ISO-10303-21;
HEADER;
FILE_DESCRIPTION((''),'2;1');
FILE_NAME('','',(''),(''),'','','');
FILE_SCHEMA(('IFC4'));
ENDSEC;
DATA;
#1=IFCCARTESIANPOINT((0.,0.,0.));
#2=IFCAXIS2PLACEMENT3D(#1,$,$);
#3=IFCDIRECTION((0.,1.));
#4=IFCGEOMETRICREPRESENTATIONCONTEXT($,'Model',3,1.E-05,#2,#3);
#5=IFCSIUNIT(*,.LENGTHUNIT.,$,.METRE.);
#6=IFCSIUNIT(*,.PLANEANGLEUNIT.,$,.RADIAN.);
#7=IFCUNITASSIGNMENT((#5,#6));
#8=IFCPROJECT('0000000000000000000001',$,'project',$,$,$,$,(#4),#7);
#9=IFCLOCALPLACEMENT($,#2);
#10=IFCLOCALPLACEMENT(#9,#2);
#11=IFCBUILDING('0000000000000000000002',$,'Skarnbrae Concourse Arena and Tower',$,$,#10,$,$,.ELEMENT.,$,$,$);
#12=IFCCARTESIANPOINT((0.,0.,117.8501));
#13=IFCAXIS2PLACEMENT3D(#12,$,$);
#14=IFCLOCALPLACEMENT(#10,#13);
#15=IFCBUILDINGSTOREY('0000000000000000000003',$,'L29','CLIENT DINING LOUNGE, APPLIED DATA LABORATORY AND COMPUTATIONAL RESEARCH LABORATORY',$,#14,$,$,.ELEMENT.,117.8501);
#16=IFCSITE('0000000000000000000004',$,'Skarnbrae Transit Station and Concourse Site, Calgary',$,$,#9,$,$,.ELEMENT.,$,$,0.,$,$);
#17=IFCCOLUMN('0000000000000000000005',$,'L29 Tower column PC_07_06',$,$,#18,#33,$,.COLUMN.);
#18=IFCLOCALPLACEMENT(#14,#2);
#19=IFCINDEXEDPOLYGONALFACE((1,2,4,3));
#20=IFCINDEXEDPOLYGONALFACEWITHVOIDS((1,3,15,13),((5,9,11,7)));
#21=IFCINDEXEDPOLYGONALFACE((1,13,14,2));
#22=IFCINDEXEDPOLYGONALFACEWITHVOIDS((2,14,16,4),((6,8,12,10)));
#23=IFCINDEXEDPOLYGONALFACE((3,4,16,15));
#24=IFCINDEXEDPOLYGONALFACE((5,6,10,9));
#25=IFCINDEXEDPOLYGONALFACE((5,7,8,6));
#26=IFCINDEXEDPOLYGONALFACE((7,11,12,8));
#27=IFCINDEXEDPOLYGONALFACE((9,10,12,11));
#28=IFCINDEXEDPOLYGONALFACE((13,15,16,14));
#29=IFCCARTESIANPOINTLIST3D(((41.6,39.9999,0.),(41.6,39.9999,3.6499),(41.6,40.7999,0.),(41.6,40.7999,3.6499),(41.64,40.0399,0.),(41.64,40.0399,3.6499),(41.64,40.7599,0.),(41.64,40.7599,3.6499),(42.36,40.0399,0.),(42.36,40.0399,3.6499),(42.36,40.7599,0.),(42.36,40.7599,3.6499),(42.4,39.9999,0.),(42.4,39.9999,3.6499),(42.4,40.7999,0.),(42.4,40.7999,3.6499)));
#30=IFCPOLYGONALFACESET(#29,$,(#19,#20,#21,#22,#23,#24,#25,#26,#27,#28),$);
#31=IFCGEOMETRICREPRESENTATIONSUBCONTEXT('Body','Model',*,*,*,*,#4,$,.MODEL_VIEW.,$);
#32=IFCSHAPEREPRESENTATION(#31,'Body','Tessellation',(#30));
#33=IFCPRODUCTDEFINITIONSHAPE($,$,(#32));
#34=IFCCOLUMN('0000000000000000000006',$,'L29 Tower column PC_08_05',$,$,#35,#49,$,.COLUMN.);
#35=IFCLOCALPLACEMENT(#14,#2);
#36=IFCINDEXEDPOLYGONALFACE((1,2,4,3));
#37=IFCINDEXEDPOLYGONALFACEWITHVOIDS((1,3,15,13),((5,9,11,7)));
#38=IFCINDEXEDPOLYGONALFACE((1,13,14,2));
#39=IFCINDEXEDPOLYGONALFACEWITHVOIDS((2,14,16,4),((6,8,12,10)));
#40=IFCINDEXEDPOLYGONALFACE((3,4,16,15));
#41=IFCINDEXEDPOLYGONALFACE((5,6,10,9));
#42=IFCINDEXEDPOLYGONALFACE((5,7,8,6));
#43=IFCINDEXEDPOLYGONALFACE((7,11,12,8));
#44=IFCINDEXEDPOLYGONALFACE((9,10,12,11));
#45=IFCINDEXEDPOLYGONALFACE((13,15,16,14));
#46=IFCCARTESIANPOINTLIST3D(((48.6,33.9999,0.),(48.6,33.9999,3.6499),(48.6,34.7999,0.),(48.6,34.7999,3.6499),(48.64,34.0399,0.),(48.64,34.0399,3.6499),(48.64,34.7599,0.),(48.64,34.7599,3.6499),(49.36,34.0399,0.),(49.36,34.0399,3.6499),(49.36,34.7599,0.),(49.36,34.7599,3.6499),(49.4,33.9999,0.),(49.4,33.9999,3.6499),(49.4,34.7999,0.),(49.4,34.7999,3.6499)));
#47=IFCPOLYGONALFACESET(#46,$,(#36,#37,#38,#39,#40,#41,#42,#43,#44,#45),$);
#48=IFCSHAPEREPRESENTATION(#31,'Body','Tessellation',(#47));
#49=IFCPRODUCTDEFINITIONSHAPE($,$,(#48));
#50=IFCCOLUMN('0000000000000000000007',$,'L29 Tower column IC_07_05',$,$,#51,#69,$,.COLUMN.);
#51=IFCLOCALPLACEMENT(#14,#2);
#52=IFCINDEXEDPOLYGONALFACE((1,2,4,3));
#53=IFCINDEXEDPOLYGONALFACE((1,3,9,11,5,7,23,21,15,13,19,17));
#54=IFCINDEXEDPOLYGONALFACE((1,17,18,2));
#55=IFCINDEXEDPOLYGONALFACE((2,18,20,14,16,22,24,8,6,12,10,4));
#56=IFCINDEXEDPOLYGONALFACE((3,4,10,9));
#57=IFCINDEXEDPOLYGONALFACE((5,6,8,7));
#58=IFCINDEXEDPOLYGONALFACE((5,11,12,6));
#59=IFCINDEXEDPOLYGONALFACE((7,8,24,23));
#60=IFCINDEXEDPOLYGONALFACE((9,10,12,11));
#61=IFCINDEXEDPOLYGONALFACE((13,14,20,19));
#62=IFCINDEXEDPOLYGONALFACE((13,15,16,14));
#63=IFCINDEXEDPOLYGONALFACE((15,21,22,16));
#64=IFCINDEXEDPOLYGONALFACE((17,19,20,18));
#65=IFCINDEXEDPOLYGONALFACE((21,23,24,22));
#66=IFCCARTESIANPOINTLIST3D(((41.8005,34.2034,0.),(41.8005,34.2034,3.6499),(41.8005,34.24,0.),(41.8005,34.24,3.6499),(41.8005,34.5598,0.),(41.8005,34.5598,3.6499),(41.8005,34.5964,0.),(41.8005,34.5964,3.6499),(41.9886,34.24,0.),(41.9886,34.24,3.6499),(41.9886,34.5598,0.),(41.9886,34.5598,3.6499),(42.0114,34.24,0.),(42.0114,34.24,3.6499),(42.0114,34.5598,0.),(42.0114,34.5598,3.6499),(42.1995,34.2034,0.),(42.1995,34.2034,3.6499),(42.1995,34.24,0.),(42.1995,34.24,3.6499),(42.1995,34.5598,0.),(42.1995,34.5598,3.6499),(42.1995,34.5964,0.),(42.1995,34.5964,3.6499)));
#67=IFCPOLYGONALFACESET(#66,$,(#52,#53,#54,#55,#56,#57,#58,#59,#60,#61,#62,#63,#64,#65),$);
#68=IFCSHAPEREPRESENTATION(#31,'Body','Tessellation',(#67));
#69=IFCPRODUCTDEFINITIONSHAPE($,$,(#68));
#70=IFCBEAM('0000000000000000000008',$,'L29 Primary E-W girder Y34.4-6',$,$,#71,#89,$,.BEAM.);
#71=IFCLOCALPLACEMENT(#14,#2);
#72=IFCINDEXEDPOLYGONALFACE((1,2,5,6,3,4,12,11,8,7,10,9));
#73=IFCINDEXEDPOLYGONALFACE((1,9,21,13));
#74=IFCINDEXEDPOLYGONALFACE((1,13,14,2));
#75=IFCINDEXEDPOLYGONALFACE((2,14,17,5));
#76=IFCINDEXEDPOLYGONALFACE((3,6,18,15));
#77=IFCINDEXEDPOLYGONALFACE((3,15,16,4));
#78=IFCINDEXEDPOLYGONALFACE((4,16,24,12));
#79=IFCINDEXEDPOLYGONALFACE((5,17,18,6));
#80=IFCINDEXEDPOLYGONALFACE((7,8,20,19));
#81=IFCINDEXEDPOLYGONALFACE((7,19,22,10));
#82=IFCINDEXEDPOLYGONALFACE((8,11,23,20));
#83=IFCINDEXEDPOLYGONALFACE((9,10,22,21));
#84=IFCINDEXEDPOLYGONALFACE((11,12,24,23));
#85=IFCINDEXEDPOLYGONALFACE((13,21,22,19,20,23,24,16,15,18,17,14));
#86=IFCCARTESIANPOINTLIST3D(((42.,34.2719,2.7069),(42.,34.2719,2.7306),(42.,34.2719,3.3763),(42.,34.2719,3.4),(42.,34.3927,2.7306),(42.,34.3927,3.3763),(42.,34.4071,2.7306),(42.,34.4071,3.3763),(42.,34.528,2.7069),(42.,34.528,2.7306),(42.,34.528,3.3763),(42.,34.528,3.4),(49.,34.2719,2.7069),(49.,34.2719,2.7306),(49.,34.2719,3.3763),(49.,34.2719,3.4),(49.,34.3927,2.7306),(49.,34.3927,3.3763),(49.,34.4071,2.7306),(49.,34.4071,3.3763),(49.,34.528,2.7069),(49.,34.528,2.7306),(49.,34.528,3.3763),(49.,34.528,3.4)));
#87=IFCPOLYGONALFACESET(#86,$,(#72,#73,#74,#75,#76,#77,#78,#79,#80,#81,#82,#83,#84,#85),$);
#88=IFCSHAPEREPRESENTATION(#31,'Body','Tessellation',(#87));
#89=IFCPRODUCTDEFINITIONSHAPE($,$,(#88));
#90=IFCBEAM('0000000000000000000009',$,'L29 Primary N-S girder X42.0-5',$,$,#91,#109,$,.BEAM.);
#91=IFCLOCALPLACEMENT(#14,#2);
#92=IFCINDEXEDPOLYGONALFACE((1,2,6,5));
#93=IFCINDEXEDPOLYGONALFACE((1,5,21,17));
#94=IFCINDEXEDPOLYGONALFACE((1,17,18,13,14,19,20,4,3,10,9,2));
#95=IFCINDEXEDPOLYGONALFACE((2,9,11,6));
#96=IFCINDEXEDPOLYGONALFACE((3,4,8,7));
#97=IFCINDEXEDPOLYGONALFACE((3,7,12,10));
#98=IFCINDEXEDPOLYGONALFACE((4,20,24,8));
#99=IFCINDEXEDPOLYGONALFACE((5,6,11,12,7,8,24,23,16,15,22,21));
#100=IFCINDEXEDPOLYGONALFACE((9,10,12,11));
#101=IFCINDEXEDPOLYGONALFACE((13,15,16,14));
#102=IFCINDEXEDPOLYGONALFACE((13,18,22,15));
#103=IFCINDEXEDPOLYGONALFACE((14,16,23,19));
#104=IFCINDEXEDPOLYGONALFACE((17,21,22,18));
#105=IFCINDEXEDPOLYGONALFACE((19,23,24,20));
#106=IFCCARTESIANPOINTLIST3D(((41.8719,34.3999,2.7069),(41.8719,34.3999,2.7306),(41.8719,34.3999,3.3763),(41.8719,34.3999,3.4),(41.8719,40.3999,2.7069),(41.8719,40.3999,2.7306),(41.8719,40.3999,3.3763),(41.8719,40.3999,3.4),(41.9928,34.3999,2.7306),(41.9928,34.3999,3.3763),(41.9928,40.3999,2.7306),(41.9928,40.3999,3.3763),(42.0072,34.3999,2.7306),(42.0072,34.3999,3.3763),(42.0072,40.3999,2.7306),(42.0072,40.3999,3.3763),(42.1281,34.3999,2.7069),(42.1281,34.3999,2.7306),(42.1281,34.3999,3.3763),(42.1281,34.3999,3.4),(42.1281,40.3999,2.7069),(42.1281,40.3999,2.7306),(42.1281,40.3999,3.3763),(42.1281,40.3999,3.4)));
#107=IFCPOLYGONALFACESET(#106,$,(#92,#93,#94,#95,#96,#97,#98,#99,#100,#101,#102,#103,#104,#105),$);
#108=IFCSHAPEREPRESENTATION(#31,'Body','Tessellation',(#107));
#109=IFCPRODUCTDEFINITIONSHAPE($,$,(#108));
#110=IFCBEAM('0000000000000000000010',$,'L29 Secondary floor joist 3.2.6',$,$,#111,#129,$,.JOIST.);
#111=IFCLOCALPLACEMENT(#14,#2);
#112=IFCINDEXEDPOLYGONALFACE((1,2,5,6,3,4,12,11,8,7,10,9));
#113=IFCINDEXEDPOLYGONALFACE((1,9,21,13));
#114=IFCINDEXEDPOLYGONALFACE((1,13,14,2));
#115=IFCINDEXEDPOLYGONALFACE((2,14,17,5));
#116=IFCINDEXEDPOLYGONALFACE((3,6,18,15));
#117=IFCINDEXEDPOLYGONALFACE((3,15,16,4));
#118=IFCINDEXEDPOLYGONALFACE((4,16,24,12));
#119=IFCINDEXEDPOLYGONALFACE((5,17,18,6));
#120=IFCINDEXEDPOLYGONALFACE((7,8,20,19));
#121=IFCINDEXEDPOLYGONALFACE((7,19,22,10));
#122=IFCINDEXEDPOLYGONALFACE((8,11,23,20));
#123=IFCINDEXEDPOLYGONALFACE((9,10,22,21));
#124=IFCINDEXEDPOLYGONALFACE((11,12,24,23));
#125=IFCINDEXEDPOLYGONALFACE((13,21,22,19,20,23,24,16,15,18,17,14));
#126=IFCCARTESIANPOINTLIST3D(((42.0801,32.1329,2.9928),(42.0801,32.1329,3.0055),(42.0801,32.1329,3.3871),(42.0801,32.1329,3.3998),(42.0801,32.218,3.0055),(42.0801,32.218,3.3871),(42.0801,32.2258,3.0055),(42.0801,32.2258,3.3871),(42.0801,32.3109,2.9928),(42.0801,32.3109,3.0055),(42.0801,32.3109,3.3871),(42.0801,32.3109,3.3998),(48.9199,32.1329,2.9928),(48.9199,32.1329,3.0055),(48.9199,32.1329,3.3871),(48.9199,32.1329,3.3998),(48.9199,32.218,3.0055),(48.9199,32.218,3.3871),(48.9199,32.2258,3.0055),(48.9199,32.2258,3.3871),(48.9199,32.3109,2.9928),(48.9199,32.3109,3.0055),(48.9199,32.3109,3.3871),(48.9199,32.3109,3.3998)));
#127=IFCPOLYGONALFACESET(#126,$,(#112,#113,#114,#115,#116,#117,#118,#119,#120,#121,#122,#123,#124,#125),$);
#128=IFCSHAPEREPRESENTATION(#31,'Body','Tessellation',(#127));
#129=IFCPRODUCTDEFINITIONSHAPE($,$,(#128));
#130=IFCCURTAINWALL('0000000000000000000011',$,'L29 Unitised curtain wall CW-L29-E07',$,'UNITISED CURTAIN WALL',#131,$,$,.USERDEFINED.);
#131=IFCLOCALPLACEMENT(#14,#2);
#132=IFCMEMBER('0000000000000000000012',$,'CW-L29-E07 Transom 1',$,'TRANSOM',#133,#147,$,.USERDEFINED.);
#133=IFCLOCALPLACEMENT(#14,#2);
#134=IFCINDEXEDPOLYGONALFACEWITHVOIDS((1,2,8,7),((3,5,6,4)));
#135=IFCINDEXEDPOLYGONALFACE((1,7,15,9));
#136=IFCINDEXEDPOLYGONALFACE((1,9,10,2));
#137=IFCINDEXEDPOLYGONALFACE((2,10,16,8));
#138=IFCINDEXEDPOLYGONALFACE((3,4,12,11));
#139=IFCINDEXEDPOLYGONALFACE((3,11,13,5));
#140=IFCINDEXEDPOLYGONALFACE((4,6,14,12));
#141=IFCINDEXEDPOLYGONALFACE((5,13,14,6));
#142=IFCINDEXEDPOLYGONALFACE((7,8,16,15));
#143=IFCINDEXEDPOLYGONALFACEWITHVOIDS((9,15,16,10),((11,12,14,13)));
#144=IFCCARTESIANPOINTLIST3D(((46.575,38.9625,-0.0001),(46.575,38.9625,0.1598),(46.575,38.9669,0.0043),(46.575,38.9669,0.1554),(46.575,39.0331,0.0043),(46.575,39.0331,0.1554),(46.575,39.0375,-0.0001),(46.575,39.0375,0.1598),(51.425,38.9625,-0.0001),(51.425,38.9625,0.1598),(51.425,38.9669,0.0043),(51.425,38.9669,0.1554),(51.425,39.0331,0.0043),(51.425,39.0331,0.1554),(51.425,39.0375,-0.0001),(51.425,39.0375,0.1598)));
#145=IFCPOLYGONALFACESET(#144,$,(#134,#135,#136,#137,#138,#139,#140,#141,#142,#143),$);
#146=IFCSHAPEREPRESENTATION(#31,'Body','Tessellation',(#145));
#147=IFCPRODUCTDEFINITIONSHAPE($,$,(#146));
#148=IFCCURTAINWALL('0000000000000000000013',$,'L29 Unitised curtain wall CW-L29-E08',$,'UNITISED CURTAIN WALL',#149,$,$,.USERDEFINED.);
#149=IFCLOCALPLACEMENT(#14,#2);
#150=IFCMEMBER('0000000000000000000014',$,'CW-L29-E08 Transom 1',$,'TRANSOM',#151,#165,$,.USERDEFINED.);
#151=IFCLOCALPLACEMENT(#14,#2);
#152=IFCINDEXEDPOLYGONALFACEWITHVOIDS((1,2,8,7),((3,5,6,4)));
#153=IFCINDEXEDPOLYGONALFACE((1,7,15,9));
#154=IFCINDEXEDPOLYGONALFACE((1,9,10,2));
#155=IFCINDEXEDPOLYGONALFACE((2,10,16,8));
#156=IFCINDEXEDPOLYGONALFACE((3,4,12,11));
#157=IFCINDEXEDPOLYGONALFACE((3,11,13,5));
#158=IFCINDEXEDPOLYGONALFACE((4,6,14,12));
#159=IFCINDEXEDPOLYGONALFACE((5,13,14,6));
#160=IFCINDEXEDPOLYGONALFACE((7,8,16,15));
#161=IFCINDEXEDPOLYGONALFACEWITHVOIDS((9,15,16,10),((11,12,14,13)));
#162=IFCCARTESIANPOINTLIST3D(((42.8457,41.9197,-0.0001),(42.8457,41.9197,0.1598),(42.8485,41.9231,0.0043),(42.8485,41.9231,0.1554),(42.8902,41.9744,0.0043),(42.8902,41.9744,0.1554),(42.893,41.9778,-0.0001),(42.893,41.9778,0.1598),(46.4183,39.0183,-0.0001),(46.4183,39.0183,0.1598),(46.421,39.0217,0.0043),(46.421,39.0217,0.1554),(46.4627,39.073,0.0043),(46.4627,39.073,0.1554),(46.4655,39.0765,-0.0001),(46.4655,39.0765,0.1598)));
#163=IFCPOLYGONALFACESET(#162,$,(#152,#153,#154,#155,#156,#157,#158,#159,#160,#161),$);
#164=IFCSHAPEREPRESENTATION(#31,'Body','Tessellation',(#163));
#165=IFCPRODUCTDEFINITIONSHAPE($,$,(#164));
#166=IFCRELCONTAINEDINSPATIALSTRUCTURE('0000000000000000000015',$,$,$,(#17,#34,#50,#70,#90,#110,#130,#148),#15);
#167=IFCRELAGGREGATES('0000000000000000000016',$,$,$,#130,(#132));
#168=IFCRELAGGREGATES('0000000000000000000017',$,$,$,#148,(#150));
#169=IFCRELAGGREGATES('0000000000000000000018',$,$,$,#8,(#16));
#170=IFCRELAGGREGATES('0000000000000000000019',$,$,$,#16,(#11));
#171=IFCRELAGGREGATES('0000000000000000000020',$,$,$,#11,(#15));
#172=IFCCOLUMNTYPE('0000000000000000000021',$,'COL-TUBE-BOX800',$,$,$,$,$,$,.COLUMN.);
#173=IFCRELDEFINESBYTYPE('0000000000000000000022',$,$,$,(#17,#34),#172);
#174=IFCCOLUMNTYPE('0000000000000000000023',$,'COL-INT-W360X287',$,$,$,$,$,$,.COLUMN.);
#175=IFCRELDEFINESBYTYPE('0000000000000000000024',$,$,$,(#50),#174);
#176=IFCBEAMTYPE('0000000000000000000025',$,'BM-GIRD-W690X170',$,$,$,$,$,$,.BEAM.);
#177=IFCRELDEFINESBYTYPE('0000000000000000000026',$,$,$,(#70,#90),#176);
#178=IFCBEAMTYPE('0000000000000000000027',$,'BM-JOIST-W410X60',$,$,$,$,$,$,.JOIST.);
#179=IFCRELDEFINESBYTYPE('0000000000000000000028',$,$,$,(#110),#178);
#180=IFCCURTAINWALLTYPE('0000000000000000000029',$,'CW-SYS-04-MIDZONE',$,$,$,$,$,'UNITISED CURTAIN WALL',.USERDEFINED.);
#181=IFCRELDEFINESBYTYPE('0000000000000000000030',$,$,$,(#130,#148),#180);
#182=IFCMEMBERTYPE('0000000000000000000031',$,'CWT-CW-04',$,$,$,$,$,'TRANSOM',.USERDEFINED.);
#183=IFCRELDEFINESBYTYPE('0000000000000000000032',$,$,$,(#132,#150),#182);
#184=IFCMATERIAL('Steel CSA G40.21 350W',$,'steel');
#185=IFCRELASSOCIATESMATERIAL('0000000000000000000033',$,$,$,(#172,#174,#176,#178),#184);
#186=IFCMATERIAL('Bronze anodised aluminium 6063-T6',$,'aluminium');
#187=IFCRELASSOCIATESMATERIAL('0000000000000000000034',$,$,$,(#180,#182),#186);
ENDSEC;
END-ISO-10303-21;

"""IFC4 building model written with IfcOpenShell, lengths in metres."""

from ifc_helpers import new_model, si_unit, direction, frame, origin, origin_2d, place, context, subcontext, project, spatial, hollow_rectangle, i_section, extrude, source, transform, mapped, material, material_profile, profile_set, type_object, element, aggregate, save


model = new_model("IFC4")

# Units and contexts
model_context = context("Model", 3, precision=1e-05, world=origin(), true_north=direction((0.0, 1.0)))
body_context = subcontext(model_context, "Body", "Model", "MODEL_VIEW")
ifc_project = project(units=[si_unit("LENGTHUNIT", "METRE"), si_unit("PLANEANGLEUNIT", "RADIAN")], contexts=[model_context])

# Site, building, storey
site_placement = place(None, origin())
site = spatial("IfcSite", under=ifc_project, at=site_placement, Name="Skarnbrae Transit Station and Concourse Site, Calgary", CompositionType="ELEMENT", RefElevation=0.0)
building_placement = place(site_placement, origin())
building = spatial("IfcBuilding", under=site, at=building_placement, Name="Skarnbrae Concourse Arena and Tower", CompositionType="ELEMENT")
storey_placement = place(building_placement, frame((0.0, 0.0, 117.8501)))
storey = spatial("IfcBuildingStorey", under=building, at=storey_placement, Name="L29", Description="CLIENT DINING LOUNGE, APPLIED DATA LABORATORY AND COMPUTATIONAL RESEARCH LABORATORY", CompositionType="ELEMENT", Elevation=117.8501)

# Columns
ifc_material_1 = material(Name="Steel CSA G40.21 350W", Category="steel")
ifc_material_profile_1 = material_profile(ifc_material_1, hollow_rectangle(XDim=0.8, YDim=0.8, WallThickness=0.04, at=origin_2d()), Name="BOX800X800X40")
ifc_profile_set_1 = profile_set([ifc_material_profile_1], Name="Steel CSA G40.21 350W")
column_type_1 = type_object("IfcColumnType", Name="COL-TUBE-BOX800", PredefinedType="COLUMN", material=ifc_profile_set_1)
shared_shape_1 = source(origin(), body_context, "Body", "SweptSolid", [
    extrude(hollow_rectangle(XDim=0.8, YDim=0.8, WallThickness=0.04, at=origin_2d()), origin(), (0.0, 0.0, 1.0), 3.6499),
])
for number, where, z_axis, x_axis, name in (
    (1, (42.0, 40.3999, 0.0), (0.0, 0.0, 1.0), (1.0, 0.0, 0.0), "L29 Tower column PC_07_06"),
    (2, (49.0, 34.3999, 0.0), (0.0, 0.0, 1.0), (1.0, 0.0, 0.0), "L29 Tower column PC_08_05"),
):
    element("IfcColumn", number, at=place(storey_placement, frame(where, z_axis=z_axis, x_axis=x_axis)), inside=storey, type_object=column_type_1, Name=name, PredefinedType="COLUMN", context=body_context, shape_type="MappedRepresentation", body=[
        mapped(shared_shape_1, transform((0.0, 0.0, 0.0))),
    ])
ifc_material_profile_2 = material_profile(ifc_material_1, i_section(OverallWidth=0.3989, OverallDepth=0.3931, WebThickness=0.0227, FlangeThickness=0.0366, at=origin_2d()), Name="W360X287")
ifc_profile_set_2 = profile_set([ifc_material_profile_2], Name="Steel CSA G40.21 350W")
column_type_2 = type_object("IfcColumnType", Name="COL-INT-W360X287", PredefinedType="COLUMN", material=ifc_profile_set_2)
shared_shape_2 = source(origin(), body_context, "Body", "SweptSolid", [
    extrude(i_section(OverallWidth=0.3989, OverallDepth=0.3931, WebThickness=0.0227, FlangeThickness=0.0366, at=origin_2d()), origin(), (0.0, 0.0, 1.0), 3.6499),
])
column_placement = place(storey_placement, frame((42.0, 34.3999, 0.0), z_axis=(0.0, 0.0, 1.0), x_axis=(1.0, 0.0, 0.0)))
element("IfcColumn", 3, at=column_placement, inside=storey, type_object=column_type_2, Name="L29 Tower column IC_07_05", PredefinedType="COLUMN", context=body_context, shape_type="MappedRepresentation", body=[
    mapped(shared_shape_2, transform((0.0, 0.0, 0.0))),
])

# Beams
ifc_material_profile_3 = material_profile(ifc_material_1, i_section(OverallWidth=0.2561, OverallDepth=0.6931, WebThickness=0.0144, FlangeThickness=0.0237, at=origin_2d()), Name="W690X170")
ifc_profile_set_3 = profile_set([ifc_material_profile_3], Name="Steel CSA G40.21 350W")
beam_type_1 = type_object("IfcBeamType", Name="BM-GIRD-W690X170", PredefinedType="BEAM", material=ifc_profile_set_3)
shared_shape_3 = source(origin(), body_context, "Body", "SweptSolid", [
    extrude(i_section(OverallWidth=0.2561, OverallDepth=0.6931, WebThickness=0.0144, FlangeThickness=0.0237, at=origin_2d()), origin(), (0.0, 0.0, 1.0), 7.0),
])
beam_1_placement = place(storey_placement, frame((42.0, 34.3999, 3.0535), z_axis=(1.0, 0.0, 0.0), x_axis=(0.0, 1.0, 0.0)))
element("IfcBeam", 4, at=beam_1_placement, inside=storey, type_object=beam_type_1, Name="L29 Primary E-W girder Y34.4-6", PredefinedType="BEAM", context=body_context, shape_type="MappedRepresentation", body=[
    mapped(shared_shape_3, transform((0.0, 0.0, 0.0))),
])
shared_shape_4 = source(origin(), body_context, "Body", "SweptSolid", [
    extrude(i_section(OverallWidth=0.2561, OverallDepth=0.6931, WebThickness=0.0144, FlangeThickness=0.0237, at=origin_2d()), origin(), (0.0, 0.0, 1.0), 6.0),
])
beam_2_placement = place(storey_placement, frame((42.0, 34.3999, 3.0535), z_axis=(0.0, 1.0, 0.0), x_axis=(-1.0, 0.0, 0.0)))
element("IfcBeam", 5, at=beam_2_placement, inside=storey, type_object=beam_type_1, Name="L29 Primary N-S girder X42.0-5", PredefinedType="BEAM", context=body_context, shape_type="MappedRepresentation", body=[
    mapped(shared_shape_4, transform((0.0, 0.0, 0.0))),
])
ifc_material_profile_4 = material_profile(ifc_material_1, i_section(OverallWidth=0.178, OverallDepth=0.407, WebThickness=0.0078, FlangeThickness=0.0127, at=origin_2d()), Name="W410X60")
ifc_profile_set_4 = profile_set([ifc_material_profile_4], Name="Steel CSA G40.21 350W")
beam_type_2 = type_object("IfcBeamType", Name="BM-JOIST-W410X60", PredefinedType="JOIST", material=ifc_profile_set_4)
shared_shape_5 = source(origin(), body_context, "Body", "SweptSolid", [
    extrude(i_section(OverallWidth=0.178, OverallDepth=0.407, WebThickness=0.0078, FlangeThickness=0.0127, at=origin_2d()), origin(), (0.0, 0.0, 1.0), 6.8398),
])
beam_3_placement = place(storey_placement, frame((42.0801, 32.2219, 3.1963), z_axis=(1.0, 0.0, 0.0), x_axis=(0.0, 1.0, 0.0)))
element("IfcBeam", 6, at=beam_3_placement, inside=storey, type_object=beam_type_2, Name="L29 Secondary floor joist 3.2.6", PredefinedType="JOIST", context=body_context, shape_type="MappedRepresentation", body=[
    mapped(shared_shape_5, transform((0.0, 0.0, 0.0))),
])

# Curtain walls, members
ifc_material_2 = material(Name="Bronze anodised aluminium 6063-T6", Category="aluminium")
curtain_wall_type = type_object("IfcCurtainWallType", Name="CW-SYS-04-MIDZONE", ElementType="UNITISED CURTAIN WALL", PredefinedType="USERDEFINED", material=ifc_material_2)
curtain_wall_1_placement = place(storey_placement, origin())
curtain_wall_1 = element("IfcCurtainWall", 7, at=curtain_wall_1_placement, inside=storey, type_object=curtain_wall_type, Name="L29 Unitised curtain wall CW-L29-E07", ObjectType="UNITISED CURTAIN WALL", PredefinedType="USERDEFINED")
ifc_material_profile_5 = material_profile(ifc_material_2, hollow_rectangle(XDim=0.075, YDim=0.1599, WallThickness=0.0044, at=origin_2d()), Name="ALU-TRAN-75X160")
ifc_profile_set_5 = profile_set([ifc_material_profile_5], Name="Bronze anodised aluminium 6063-T6")
member_type_1 = type_object("IfcMemberType", Name="CWT-CW-04", ElementType="TRANSOM", PredefinedType="USERDEFINED", material=ifc_profile_set_5)
shared_shape_6 = source(origin(), body_context, "Body", "SweptSolid", [
    extrude(hollow_rectangle(XDim=0.075, YDim=0.1599, WallThickness=0.0044, at=origin_2d()), origin(), (0.0, 0.0, 1.0), 4.8501),
])
member_1_placement = place(storey_placement, frame((51.425, 39.0, 0.0798), z_axis=(-1.0, 0.0, 0.0), x_axis=(0.0, -1.0, 0.0)))
member_1 = element("IfcMember", 8, at=member_1_placement, type_object=member_type_1, Name="CW-L29-E07 Transom 1", ObjectType="TRANSOM", PredefinedType="USERDEFINED", context=body_context, shape_type="MappedRepresentation", body=[
    mapped(shared_shape_6, transform((0.0, 0.0, 0.0))),
])
curtain_wall_2_placement = place(storey_placement, origin())
curtain_wall_2 = element("IfcCurtainWall", 9, at=curtain_wall_2_placement, inside=storey, type_object=curtain_wall_type, Name="L29 Unitised curtain wall CW-L29-E08", ObjectType="UNITISED CURTAIN WALL", PredefinedType="USERDEFINED")
shared_shape_7 = source(origin(), body_context, "Body", "SweptSolid", [
    extrude(hollow_rectangle(XDim=0.075, YDim=0.1599, WallThickness=0.0044, at=origin_2d()), origin(), (0.0, 0.0, 1.0), 4.6023),
])
member_2_placement = place(storey_placement, frame((46.4419, 39.0474, 0.0798), z_axis=(-0.776252, 0.630423, 0.0), x_axis=(-0.630423, -0.776252, 0.0)))
member_2 = element("IfcMember", 10, at=member_2_placement, type_object=member_type_1, Name="CW-L29-E08 Transom 1", ObjectType="TRANSOM", PredefinedType="USERDEFINED", context=body_context, shape_type="MappedRepresentation", body=[
    mapped(shared_shape_7, transform((0.0, 0.0, 0.0))),
])

aggregate(curtain_wall_1, [member_1])
aggregate(curtain_wall_2, [member_2])

save(model, "model.ifc")
